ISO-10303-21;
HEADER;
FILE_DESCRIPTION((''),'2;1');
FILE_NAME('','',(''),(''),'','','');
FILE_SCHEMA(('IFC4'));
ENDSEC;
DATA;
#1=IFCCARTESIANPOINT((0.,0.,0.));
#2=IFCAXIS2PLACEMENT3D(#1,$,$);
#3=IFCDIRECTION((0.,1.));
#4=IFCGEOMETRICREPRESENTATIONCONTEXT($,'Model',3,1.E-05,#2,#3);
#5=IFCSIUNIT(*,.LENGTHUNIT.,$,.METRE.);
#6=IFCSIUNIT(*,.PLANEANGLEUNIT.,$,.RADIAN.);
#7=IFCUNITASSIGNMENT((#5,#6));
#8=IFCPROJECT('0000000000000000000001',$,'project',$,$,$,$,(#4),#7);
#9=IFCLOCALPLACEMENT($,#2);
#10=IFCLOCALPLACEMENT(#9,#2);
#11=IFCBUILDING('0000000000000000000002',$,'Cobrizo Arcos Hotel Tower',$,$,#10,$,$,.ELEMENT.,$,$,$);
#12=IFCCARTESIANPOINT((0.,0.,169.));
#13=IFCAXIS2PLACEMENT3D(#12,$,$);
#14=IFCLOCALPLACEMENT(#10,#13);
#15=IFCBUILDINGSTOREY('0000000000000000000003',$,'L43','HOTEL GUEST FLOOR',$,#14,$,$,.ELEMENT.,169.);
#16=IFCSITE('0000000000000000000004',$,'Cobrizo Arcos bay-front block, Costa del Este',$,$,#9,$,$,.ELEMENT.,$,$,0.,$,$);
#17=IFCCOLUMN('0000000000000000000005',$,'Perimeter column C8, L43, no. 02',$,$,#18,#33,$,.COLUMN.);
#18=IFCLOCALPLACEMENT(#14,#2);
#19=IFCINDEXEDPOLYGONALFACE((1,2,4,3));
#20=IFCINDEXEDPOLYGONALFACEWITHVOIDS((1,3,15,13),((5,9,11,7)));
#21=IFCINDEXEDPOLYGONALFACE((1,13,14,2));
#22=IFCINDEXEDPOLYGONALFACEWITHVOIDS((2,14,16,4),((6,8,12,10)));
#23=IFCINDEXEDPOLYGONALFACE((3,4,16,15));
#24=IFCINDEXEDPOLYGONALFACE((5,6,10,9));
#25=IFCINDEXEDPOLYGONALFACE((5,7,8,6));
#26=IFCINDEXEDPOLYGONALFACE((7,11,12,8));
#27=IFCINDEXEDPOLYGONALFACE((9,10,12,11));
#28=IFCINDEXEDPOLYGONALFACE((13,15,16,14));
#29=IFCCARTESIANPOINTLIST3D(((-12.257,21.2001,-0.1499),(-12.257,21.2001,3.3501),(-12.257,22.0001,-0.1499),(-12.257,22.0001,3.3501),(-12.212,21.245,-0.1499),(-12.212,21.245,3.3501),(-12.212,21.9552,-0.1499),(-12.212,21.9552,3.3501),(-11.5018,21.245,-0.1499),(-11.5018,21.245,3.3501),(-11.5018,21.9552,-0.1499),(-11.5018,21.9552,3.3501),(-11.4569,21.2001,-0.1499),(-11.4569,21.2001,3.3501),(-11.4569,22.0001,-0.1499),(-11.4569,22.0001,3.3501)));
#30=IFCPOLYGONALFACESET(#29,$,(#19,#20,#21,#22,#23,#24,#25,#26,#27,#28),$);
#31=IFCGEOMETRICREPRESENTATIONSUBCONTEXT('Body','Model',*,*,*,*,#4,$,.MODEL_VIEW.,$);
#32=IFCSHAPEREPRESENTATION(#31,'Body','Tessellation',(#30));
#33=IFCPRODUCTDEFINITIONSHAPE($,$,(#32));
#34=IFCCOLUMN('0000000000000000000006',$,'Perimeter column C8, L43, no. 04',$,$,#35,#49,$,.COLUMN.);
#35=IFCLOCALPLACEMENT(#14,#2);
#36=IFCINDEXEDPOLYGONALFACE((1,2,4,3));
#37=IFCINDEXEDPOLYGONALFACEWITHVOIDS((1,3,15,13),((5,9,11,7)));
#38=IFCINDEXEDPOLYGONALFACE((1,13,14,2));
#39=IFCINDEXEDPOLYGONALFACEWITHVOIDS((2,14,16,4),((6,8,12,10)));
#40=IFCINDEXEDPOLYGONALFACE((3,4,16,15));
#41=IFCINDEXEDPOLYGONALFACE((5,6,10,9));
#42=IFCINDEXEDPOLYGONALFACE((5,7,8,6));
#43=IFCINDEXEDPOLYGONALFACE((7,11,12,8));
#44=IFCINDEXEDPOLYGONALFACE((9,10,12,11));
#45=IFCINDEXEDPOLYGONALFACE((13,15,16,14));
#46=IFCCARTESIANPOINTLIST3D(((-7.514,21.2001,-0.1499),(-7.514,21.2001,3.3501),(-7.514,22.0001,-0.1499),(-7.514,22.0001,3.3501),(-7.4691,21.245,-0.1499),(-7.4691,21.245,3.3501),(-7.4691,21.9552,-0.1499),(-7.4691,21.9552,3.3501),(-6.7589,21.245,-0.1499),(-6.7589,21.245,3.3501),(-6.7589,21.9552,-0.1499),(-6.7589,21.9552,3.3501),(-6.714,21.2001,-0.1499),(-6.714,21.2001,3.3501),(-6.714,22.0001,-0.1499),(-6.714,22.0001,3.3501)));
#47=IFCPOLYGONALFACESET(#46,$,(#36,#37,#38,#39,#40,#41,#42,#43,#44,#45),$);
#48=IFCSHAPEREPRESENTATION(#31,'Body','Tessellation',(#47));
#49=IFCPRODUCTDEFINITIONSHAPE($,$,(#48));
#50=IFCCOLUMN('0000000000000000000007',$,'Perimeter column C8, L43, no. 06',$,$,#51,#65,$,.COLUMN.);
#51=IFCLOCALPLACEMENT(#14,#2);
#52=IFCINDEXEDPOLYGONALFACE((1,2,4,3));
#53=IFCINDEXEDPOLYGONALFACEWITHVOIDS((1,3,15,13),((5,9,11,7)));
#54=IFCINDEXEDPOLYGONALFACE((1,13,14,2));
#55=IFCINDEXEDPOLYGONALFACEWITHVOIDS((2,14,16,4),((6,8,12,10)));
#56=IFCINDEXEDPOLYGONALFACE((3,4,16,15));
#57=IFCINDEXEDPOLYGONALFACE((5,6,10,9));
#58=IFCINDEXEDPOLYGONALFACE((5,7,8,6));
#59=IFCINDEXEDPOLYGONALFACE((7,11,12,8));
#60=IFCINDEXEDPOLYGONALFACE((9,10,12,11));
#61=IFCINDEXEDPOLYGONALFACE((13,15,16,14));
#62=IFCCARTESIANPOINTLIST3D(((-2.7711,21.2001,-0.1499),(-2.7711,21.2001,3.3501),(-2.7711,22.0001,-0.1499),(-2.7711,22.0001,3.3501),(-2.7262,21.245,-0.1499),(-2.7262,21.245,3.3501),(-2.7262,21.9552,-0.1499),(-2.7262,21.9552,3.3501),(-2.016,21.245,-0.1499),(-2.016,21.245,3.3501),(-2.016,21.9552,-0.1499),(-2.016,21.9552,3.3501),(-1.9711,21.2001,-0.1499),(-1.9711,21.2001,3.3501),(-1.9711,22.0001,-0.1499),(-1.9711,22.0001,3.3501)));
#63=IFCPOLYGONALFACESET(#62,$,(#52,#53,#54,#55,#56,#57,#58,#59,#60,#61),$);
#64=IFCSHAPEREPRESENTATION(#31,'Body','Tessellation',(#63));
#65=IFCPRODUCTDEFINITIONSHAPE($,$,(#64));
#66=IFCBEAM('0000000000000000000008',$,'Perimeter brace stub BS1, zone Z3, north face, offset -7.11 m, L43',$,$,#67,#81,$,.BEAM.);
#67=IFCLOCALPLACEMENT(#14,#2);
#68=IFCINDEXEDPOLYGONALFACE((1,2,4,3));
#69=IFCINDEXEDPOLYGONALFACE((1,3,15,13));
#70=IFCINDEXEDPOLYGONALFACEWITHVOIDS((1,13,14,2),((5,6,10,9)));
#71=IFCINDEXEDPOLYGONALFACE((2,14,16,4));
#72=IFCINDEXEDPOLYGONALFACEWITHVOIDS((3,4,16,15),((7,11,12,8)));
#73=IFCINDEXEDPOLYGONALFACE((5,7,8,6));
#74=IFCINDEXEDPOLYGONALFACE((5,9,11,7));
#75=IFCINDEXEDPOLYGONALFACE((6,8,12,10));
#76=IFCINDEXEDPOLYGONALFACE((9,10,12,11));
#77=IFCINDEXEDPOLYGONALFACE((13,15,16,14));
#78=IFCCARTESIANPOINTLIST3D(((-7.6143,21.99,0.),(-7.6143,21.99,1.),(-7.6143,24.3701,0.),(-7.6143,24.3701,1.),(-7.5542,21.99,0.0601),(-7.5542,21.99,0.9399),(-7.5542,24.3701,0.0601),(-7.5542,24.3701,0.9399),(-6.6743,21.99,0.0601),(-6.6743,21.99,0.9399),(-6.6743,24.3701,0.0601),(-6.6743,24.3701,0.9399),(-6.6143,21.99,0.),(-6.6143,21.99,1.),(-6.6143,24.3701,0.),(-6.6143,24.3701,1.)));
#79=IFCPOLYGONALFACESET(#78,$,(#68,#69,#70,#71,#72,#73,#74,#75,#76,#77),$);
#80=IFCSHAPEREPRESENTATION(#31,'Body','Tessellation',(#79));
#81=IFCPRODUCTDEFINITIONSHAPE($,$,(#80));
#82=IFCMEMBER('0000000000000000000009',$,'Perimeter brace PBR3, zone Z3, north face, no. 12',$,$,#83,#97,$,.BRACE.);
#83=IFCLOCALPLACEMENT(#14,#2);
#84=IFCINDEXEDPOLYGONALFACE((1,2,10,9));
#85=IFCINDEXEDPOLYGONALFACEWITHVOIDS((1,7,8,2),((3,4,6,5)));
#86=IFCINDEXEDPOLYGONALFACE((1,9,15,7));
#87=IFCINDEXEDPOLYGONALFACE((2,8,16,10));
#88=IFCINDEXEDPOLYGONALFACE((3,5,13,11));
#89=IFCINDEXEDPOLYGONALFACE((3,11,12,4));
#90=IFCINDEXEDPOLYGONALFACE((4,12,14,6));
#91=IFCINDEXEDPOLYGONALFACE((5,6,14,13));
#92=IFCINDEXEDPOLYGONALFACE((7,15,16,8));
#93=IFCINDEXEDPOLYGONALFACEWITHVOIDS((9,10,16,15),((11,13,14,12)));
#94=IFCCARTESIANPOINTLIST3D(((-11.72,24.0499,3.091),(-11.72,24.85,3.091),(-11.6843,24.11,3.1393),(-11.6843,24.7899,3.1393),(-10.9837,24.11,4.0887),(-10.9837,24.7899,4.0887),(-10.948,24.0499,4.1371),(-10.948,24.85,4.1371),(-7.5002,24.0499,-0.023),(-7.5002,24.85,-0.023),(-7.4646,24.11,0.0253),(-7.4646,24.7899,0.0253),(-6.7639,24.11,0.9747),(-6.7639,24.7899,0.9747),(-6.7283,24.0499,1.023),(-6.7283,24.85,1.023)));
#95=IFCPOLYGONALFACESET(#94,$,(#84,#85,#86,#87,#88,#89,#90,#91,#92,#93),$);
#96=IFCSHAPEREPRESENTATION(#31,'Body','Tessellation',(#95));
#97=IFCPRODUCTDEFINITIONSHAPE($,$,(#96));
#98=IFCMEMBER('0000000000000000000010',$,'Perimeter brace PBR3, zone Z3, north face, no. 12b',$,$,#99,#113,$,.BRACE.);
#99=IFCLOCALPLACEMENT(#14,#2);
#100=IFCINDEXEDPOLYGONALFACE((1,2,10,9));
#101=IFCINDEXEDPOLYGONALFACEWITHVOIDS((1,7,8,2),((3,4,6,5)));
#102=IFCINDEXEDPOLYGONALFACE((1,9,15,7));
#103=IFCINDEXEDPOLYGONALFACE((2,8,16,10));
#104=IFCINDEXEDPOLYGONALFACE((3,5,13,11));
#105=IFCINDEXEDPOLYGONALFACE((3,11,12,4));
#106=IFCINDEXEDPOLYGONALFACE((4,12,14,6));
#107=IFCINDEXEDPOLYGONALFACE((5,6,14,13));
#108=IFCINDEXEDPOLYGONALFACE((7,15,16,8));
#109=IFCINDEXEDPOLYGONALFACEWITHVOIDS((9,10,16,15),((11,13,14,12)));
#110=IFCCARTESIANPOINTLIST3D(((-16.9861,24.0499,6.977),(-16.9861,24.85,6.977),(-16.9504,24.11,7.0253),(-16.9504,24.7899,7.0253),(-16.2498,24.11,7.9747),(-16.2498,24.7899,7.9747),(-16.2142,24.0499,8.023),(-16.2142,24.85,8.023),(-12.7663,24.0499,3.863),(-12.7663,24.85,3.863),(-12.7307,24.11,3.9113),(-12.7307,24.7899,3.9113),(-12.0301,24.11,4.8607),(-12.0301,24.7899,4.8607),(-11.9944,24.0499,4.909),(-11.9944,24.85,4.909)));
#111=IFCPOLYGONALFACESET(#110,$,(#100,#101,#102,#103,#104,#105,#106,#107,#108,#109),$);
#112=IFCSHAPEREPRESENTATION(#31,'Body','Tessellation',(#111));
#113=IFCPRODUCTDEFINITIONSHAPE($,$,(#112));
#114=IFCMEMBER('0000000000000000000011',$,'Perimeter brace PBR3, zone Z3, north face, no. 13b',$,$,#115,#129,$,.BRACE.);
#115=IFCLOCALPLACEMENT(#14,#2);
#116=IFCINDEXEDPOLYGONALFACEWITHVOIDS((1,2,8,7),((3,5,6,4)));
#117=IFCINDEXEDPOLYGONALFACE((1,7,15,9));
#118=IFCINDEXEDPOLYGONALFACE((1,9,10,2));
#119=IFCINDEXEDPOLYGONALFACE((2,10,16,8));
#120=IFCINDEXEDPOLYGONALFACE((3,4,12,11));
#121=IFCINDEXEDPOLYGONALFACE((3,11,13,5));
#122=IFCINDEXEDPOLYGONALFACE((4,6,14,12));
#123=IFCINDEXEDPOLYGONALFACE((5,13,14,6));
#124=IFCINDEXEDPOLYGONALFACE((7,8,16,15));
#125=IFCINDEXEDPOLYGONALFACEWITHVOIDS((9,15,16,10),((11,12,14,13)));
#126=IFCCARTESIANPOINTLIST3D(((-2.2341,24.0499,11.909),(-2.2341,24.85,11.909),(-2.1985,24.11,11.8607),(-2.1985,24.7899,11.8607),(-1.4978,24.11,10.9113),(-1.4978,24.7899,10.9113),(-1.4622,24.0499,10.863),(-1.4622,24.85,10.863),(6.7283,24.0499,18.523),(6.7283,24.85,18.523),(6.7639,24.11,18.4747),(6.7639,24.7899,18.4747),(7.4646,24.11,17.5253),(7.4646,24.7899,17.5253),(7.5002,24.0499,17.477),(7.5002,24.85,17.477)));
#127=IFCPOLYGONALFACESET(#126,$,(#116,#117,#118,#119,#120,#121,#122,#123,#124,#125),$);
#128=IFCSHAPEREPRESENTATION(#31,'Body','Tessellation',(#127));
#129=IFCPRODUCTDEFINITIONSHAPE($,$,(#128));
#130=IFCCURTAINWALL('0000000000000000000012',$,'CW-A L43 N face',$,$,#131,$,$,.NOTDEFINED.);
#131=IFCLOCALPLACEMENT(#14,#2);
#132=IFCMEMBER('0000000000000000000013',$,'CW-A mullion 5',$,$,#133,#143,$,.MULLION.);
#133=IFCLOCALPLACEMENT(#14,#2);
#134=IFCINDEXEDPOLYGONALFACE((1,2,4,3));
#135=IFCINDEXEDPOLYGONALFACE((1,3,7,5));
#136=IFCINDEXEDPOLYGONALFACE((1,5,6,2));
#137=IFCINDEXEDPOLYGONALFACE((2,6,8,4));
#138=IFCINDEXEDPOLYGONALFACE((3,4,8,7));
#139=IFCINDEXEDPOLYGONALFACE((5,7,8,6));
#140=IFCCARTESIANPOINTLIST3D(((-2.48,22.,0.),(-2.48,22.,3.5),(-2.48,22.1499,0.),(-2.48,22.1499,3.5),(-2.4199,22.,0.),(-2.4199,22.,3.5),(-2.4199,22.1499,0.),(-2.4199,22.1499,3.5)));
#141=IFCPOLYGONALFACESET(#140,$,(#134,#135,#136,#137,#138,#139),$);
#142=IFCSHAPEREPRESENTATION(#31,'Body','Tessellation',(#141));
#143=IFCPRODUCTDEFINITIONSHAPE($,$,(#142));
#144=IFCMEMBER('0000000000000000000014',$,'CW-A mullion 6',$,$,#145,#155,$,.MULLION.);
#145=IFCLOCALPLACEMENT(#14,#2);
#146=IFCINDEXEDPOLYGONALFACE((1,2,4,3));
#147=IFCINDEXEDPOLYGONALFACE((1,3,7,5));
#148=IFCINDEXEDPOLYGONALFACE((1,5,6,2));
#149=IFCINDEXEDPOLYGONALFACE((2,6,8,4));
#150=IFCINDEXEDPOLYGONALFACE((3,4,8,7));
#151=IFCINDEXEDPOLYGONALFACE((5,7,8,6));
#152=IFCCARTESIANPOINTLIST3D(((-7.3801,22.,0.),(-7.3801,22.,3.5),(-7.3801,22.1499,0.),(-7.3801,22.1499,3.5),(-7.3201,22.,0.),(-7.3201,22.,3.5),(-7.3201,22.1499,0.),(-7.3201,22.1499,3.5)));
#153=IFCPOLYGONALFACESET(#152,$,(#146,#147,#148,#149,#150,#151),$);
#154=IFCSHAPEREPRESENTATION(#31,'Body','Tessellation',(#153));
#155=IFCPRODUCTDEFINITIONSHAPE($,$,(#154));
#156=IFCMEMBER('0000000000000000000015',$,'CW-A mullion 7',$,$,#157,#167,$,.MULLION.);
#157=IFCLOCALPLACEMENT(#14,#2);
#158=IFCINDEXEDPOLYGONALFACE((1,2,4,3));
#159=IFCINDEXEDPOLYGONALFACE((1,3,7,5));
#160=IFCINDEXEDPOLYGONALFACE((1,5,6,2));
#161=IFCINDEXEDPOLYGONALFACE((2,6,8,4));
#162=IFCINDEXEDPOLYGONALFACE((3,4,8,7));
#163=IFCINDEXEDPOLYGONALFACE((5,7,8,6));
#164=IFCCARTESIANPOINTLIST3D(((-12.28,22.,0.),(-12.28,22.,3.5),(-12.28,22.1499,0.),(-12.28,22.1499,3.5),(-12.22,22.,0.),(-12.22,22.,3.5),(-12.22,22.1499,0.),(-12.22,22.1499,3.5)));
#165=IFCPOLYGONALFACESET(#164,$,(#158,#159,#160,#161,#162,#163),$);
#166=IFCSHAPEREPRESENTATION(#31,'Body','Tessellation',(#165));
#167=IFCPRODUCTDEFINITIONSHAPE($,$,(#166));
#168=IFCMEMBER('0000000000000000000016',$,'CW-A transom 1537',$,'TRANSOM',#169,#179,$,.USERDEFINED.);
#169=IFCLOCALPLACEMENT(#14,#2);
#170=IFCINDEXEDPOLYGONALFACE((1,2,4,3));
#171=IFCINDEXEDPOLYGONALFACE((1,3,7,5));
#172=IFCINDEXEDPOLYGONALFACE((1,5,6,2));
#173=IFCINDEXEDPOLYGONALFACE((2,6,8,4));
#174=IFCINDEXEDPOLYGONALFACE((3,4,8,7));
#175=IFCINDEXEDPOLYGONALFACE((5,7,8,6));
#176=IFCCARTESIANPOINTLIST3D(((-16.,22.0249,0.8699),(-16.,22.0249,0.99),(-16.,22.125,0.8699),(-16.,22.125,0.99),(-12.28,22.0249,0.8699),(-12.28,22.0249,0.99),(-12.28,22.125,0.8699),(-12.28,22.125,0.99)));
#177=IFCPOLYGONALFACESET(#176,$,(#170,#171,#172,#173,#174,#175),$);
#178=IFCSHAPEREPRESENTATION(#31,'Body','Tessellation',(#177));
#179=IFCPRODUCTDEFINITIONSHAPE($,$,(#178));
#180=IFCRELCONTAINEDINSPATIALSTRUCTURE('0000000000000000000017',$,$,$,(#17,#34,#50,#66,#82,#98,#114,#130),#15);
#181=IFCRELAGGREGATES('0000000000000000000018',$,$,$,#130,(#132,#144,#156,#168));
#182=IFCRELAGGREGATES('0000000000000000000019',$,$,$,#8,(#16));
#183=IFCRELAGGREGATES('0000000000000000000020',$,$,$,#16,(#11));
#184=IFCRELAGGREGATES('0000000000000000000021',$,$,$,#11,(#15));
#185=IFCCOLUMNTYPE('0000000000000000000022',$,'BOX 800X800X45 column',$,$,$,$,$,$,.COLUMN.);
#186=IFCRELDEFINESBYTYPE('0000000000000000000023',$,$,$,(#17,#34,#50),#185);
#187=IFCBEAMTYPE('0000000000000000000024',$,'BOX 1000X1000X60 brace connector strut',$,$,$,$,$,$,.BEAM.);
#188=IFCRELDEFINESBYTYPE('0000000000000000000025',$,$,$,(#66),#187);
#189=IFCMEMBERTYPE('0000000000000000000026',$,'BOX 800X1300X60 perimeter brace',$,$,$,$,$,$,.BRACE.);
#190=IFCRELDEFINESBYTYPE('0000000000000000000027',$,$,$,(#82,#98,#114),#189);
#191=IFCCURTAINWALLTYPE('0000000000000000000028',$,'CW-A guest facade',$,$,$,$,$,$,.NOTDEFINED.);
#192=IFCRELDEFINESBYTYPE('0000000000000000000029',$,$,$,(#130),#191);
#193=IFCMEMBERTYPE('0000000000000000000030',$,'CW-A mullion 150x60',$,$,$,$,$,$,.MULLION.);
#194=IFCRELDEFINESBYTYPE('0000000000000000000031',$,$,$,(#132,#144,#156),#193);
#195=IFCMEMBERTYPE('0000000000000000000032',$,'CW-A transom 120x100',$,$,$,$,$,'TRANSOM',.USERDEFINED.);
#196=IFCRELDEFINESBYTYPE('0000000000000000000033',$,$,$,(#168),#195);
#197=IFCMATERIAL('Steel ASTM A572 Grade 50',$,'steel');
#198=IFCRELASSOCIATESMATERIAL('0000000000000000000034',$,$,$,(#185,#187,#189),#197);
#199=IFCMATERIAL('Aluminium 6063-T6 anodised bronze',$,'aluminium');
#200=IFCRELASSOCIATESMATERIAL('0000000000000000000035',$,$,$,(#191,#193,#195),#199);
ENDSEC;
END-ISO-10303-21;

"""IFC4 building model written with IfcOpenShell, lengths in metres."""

from ifc_helpers import new_model, si_unit, direction, frame, origin, origin_2d, place, context, subcontext, project, spatial, rectangle, hollow_rectangle, extrude, material, material_profile, profile_set, type_object, element, aggregate, save


model = new_model("IFC4")

# Units and contexts
model_context = context("Model", 3, precision=1e-05, world=origin(), true_north=direction((0.0, 1.0)))
body_context = subcontext(model_context, "Body", "Model", "MODEL_VIEW")
ifc_project = project(units=[si_unit("LENGTHUNIT", "METRE"), si_unit("PLANEANGLEUNIT", "RADIAN")], contexts=[model_context])

# Site, building, storey
site_placement = place(None, origin())
site = spatial("IfcSite", under=ifc_project, at=site_placement, Name="Cobrizo Arcos bay-front block, Costa del Este", CompositionType="ELEMENT", RefElevation=0.0)
building_placement = place(site_placement, origin())
building = spatial("IfcBuilding", under=site, at=building_placement, Name="Cobrizo Arcos Hotel Tower", CompositionType="ELEMENT")
storey_placement = place(building_placement, frame((0.0, 0.0, 169.0)))
storey = spatial("IfcBuildingStorey", under=building, at=storey_placement, Name="L43", Description="HOTEL GUEST FLOOR", CompositionType="ELEMENT", Elevation=169.0)

# Columns
ifc_material_1 = material(Name="Steel ASTM A572 Grade 50", Category="steel")
ifc_material_profile_1 = material_profile(ifc_material_1, hollow_rectangle(XDim=0.8, YDim=0.8, WallThickness=0.0449, at=origin_2d()), Name="BOX 800X800X45")
ifc_profile_set_1 = profile_set([ifc_material_profile_1], Name="Steel ASTM A572 Grade 50")
column_type = type_object("IfcColumnType", Name="BOX 800X800X45 column", PredefinedType="COLUMN", material=ifc_profile_set_1)
for number, where, z_axis, x_axis, name in (
    (1, (-11.8569, 21.6001, -0.1499), (0.0, 0.0, 1.0), (1.0, 0.0, 0.0), "Perimeter column C8, L43, no. 02"),
    (2, (-7.114, 21.6001, -0.1499), (0.0, 0.0, 1.0), (1.0, 0.0, 0.0), "Perimeter column C8, L43, no. 04"),
    (3, (-2.3711, 21.6001, -0.1499), (0.0, 0.0, 1.0), (1.0, 0.0, 0.0), "Perimeter column C8, L43, no. 06"),
):
    element("IfcColumn", number, at=place(storey_placement, frame(where, z_axis=z_axis, x_axis=x_axis)), inside=storey, type_object=column_type, Name=name, PredefinedType="COLUMN", context=body_context, shape_type="SweptSolid", body=[
        extrude(hollow_rectangle(XDim=0.8, YDim=0.8, WallThickness=0.0449, at=origin_2d()), origin(), (0.0, 0.0, 1.0), 3.5),
    ])

# Beam
ifc_material_profile_2 = material_profile(ifc_material_1, hollow_rectangle(XDim=1.0, YDim=1.0, WallThickness=0.0601, at=origin_2d()), Name="BOX 1000X1000X60")
ifc_profile_set_2 = profile_set([ifc_material_profile_2], Name="Steel ASTM A572 Grade 50")
beam_type_1 = type_object("IfcBeamType", Name="BOX 1000X1000X60 brace connector strut", PredefinedType="BEAM", material=ifc_profile_set_2)
beam_1_placement = place(storey_placement, frame((-7.1143, 21.99, 0.5), z_axis=(0.0, 1.0, 0.0), x_axis=(-1.0, 0.0, 0.0)))
element("IfcBeam", 4, at=beam_1_placement, inside=storey, type_object=beam_type_1, Name="Perimeter brace stub BS1, zone Z3, north face, offset -7.11 m, L43", PredefinedType="BEAM", context=body_context, shape_type="SweptSolid", body=[
    extrude(hollow_rectangle(XDim=1.0, YDim=1.0, WallThickness=0.0601, at=origin_2d()), origin(), (0.0, 0.0, 1.0), 2.3801),
])

# Members
ifc_material_profile_3 = material_profile(ifc_material_1, hollow_rectangle(XDim=0.8, YDim=1.3, WallThickness=0.0601, at=origin_2d()), Name="BOX 800X1300X60")
ifc_profile_set_3 = profile_set([ifc_material_profile_3], Name="Steel ASTM A572 Grade 50")
member_type_1 = type_object("IfcMemberType", Name="BOX 800X1300X60 perimeter brace", PredefinedType="BRACE", material=ifc_profile_set_3)
for number, where, z_axis, x_axis, name in (
    (5, (-7.1143, 24.45, 0.5), (-0.804624, 0.0, 0.593785), (0.0, -1.0, 0.0), "Perimeter brace PBR3, zone Z3, north face, no. 12"),
    (6, (-12.3804, 24.45, 4.386), (-0.804624, 0.0, 0.593785), (0.0, -1.0, 0.0), "Perimeter brace PBR3, zone Z3, north face, no. 12b"),
):
    element("IfcMember", number, at=place(storey_placement, frame(where, z_axis=z_axis, x_axis=x_axis)), inside=storey, type_object=member_type_1, Name=name, PredefinedType="BRACE", context=body_context, shape_type="SweptSolid", body=[
        extrude(hollow_rectangle(XDim=0.8, YDim=1.3, WallThickness=0.0601, at=origin_2d()), origin(), (0.0, 0.0, 1.0), 5.2444),
    ])
member_1_placement = place(storey_placement, frame((-1.8481, 24.45, 11.386), z_axis=(0.804621, 0.0, 0.593789), x_axis=(0.0, 1.0, 0.0)))
element("IfcMember", 7, at=member_1_placement, inside=storey, type_object=member_type_1, Name="Perimeter brace PBR3, zone Z3, north face, no. 13b", PredefinedType="BRACE", context=body_context, shape_type="SweptSolid", body=[
    extrude(hollow_rectangle(XDim=0.8, YDim=1.3, WallThickness=0.0601, at=origin_2d()), origin(), (0.0, 0.0, 1.0), 11.1387),
])

# Curtain wall, members
ifc_material_2 = material(Name="Aluminium 6063-T6 anodised bronze", Category="aluminium")
curtain_wall_type = type_object("IfcCurtainWallType", Name="CW-A guest facade", PredefinedType="NOTDEFINED", material=ifc_material_2)
curtain_wall_placement = place(storey_placement, origin())
curtain_wall = element("IfcCurtainWall", 8, at=curtain_wall_placement, inside=storey, type_object=curtain_wall_type, Name="CW-A L43 N face", PredefinedType="NOTDEFINED")
ifc_material_profile_4 = material_profile(ifc_material_2, rectangle(XDim=0.1499, YDim=0.0601, at=origin_2d()), Name="CW-A mullion 150x60")
ifc_profile_set_4 = profile_set([ifc_material_profile_4], Name="Aluminium 6063-T6 anodised bronze")
member_type_2 = type_object("IfcMemberType", Name="CW-A mullion 150x60", PredefinedType="MULLION", material=ifc_profile_set_4)
member_2_placement = place(storey_placement, frame((-2.45, 22.075, 0.0), z_axis=(0.0, 0.0, 1.0), x_axis=(0.0, 1.0, 0.0)))
member_2 = element("IfcMember", 9, at=member_2_placement, type_object=member_type_2, Name="CW-A mullion 5", PredefinedType="MULLION", context=body_context, shape_type="SweptSolid", body=[
    extrude(rectangle(XDim=0.1499, YDim=0.0601, at=origin_2d()), origin(), (0.0, 0.0, 1.0), 3.5),
])
member_3_placement = place(storey_placement, frame((-7.3501, 22.075, 0.0), z_axis=(0.0, 0.0, 1.0), x_axis=(0.0, 1.0, 0.0)))
member_3 = element("IfcMember", 10, at=member_3_placement, type_object=member_type_2, Name="CW-A mullion 6", PredefinedType="MULLION", context=body_context, shape_type="SweptSolid", body=[
    extrude(rectangle(XDim=0.1499, YDim=0.0601, at=origin_2d()), origin(), (0.0, 0.0, 1.0), 3.5),
])
member_4_placement = place(storey_placement, frame((-12.25, 22.075, 0.0), z_axis=(0.0, 0.0, 1.0), x_axis=(0.0, 1.0, 0.0)))
member_4 = element("IfcMember", 11, at=member_4_placement, type_object=member_type_2, Name="CW-A mullion 7", PredefinedType="MULLION", context=body_context, shape_type="SweptSolid", body=[
    extrude(rectangle(XDim=0.1499, YDim=0.0601, at=origin_2d()), origin(), (0.0, 0.0, 1.0), 3.5),
])
ifc_material_profile_5 = material_profile(ifc_material_2, rectangle(XDim=0.1001, YDim=0.1201, at=origin_2d()), Name="CW-A transom 120x100")
ifc_profile_set_5 = profile_set([ifc_material_profile_5], Name="Aluminium 6063-T6 anodised bronze")
member_type_3 = type_object("IfcMemberType", Name="CW-A transom 120x100", ElementType="TRANSOM", PredefinedType="USERDEFINED", material=ifc_profile_set_5)
member_5_placement = place(storey_placement, frame((-12.28, 22.075, 0.9299), z_axis=(-1.0, 0.0, 0.0), x_axis=(0.0, -1.0, 0.0)))
member_5 = element("IfcMember", 12, at=member_5_placement, type_object=member_type_3, Name="CW-A transom 1537", ObjectType="TRANSOM", PredefinedType="USERDEFINED", context=body_context, shape_type="SweptSolid", body=[
    extrude(rectangle(XDim=0.1001, YDim=0.1201, at=origin_2d()), origin(), (0.0, 0.0, 1.0), 3.72),
])

aggregate(curtain_wall, [member_2, member_3, member_4, member_5])

save(model, "model.ifc")
